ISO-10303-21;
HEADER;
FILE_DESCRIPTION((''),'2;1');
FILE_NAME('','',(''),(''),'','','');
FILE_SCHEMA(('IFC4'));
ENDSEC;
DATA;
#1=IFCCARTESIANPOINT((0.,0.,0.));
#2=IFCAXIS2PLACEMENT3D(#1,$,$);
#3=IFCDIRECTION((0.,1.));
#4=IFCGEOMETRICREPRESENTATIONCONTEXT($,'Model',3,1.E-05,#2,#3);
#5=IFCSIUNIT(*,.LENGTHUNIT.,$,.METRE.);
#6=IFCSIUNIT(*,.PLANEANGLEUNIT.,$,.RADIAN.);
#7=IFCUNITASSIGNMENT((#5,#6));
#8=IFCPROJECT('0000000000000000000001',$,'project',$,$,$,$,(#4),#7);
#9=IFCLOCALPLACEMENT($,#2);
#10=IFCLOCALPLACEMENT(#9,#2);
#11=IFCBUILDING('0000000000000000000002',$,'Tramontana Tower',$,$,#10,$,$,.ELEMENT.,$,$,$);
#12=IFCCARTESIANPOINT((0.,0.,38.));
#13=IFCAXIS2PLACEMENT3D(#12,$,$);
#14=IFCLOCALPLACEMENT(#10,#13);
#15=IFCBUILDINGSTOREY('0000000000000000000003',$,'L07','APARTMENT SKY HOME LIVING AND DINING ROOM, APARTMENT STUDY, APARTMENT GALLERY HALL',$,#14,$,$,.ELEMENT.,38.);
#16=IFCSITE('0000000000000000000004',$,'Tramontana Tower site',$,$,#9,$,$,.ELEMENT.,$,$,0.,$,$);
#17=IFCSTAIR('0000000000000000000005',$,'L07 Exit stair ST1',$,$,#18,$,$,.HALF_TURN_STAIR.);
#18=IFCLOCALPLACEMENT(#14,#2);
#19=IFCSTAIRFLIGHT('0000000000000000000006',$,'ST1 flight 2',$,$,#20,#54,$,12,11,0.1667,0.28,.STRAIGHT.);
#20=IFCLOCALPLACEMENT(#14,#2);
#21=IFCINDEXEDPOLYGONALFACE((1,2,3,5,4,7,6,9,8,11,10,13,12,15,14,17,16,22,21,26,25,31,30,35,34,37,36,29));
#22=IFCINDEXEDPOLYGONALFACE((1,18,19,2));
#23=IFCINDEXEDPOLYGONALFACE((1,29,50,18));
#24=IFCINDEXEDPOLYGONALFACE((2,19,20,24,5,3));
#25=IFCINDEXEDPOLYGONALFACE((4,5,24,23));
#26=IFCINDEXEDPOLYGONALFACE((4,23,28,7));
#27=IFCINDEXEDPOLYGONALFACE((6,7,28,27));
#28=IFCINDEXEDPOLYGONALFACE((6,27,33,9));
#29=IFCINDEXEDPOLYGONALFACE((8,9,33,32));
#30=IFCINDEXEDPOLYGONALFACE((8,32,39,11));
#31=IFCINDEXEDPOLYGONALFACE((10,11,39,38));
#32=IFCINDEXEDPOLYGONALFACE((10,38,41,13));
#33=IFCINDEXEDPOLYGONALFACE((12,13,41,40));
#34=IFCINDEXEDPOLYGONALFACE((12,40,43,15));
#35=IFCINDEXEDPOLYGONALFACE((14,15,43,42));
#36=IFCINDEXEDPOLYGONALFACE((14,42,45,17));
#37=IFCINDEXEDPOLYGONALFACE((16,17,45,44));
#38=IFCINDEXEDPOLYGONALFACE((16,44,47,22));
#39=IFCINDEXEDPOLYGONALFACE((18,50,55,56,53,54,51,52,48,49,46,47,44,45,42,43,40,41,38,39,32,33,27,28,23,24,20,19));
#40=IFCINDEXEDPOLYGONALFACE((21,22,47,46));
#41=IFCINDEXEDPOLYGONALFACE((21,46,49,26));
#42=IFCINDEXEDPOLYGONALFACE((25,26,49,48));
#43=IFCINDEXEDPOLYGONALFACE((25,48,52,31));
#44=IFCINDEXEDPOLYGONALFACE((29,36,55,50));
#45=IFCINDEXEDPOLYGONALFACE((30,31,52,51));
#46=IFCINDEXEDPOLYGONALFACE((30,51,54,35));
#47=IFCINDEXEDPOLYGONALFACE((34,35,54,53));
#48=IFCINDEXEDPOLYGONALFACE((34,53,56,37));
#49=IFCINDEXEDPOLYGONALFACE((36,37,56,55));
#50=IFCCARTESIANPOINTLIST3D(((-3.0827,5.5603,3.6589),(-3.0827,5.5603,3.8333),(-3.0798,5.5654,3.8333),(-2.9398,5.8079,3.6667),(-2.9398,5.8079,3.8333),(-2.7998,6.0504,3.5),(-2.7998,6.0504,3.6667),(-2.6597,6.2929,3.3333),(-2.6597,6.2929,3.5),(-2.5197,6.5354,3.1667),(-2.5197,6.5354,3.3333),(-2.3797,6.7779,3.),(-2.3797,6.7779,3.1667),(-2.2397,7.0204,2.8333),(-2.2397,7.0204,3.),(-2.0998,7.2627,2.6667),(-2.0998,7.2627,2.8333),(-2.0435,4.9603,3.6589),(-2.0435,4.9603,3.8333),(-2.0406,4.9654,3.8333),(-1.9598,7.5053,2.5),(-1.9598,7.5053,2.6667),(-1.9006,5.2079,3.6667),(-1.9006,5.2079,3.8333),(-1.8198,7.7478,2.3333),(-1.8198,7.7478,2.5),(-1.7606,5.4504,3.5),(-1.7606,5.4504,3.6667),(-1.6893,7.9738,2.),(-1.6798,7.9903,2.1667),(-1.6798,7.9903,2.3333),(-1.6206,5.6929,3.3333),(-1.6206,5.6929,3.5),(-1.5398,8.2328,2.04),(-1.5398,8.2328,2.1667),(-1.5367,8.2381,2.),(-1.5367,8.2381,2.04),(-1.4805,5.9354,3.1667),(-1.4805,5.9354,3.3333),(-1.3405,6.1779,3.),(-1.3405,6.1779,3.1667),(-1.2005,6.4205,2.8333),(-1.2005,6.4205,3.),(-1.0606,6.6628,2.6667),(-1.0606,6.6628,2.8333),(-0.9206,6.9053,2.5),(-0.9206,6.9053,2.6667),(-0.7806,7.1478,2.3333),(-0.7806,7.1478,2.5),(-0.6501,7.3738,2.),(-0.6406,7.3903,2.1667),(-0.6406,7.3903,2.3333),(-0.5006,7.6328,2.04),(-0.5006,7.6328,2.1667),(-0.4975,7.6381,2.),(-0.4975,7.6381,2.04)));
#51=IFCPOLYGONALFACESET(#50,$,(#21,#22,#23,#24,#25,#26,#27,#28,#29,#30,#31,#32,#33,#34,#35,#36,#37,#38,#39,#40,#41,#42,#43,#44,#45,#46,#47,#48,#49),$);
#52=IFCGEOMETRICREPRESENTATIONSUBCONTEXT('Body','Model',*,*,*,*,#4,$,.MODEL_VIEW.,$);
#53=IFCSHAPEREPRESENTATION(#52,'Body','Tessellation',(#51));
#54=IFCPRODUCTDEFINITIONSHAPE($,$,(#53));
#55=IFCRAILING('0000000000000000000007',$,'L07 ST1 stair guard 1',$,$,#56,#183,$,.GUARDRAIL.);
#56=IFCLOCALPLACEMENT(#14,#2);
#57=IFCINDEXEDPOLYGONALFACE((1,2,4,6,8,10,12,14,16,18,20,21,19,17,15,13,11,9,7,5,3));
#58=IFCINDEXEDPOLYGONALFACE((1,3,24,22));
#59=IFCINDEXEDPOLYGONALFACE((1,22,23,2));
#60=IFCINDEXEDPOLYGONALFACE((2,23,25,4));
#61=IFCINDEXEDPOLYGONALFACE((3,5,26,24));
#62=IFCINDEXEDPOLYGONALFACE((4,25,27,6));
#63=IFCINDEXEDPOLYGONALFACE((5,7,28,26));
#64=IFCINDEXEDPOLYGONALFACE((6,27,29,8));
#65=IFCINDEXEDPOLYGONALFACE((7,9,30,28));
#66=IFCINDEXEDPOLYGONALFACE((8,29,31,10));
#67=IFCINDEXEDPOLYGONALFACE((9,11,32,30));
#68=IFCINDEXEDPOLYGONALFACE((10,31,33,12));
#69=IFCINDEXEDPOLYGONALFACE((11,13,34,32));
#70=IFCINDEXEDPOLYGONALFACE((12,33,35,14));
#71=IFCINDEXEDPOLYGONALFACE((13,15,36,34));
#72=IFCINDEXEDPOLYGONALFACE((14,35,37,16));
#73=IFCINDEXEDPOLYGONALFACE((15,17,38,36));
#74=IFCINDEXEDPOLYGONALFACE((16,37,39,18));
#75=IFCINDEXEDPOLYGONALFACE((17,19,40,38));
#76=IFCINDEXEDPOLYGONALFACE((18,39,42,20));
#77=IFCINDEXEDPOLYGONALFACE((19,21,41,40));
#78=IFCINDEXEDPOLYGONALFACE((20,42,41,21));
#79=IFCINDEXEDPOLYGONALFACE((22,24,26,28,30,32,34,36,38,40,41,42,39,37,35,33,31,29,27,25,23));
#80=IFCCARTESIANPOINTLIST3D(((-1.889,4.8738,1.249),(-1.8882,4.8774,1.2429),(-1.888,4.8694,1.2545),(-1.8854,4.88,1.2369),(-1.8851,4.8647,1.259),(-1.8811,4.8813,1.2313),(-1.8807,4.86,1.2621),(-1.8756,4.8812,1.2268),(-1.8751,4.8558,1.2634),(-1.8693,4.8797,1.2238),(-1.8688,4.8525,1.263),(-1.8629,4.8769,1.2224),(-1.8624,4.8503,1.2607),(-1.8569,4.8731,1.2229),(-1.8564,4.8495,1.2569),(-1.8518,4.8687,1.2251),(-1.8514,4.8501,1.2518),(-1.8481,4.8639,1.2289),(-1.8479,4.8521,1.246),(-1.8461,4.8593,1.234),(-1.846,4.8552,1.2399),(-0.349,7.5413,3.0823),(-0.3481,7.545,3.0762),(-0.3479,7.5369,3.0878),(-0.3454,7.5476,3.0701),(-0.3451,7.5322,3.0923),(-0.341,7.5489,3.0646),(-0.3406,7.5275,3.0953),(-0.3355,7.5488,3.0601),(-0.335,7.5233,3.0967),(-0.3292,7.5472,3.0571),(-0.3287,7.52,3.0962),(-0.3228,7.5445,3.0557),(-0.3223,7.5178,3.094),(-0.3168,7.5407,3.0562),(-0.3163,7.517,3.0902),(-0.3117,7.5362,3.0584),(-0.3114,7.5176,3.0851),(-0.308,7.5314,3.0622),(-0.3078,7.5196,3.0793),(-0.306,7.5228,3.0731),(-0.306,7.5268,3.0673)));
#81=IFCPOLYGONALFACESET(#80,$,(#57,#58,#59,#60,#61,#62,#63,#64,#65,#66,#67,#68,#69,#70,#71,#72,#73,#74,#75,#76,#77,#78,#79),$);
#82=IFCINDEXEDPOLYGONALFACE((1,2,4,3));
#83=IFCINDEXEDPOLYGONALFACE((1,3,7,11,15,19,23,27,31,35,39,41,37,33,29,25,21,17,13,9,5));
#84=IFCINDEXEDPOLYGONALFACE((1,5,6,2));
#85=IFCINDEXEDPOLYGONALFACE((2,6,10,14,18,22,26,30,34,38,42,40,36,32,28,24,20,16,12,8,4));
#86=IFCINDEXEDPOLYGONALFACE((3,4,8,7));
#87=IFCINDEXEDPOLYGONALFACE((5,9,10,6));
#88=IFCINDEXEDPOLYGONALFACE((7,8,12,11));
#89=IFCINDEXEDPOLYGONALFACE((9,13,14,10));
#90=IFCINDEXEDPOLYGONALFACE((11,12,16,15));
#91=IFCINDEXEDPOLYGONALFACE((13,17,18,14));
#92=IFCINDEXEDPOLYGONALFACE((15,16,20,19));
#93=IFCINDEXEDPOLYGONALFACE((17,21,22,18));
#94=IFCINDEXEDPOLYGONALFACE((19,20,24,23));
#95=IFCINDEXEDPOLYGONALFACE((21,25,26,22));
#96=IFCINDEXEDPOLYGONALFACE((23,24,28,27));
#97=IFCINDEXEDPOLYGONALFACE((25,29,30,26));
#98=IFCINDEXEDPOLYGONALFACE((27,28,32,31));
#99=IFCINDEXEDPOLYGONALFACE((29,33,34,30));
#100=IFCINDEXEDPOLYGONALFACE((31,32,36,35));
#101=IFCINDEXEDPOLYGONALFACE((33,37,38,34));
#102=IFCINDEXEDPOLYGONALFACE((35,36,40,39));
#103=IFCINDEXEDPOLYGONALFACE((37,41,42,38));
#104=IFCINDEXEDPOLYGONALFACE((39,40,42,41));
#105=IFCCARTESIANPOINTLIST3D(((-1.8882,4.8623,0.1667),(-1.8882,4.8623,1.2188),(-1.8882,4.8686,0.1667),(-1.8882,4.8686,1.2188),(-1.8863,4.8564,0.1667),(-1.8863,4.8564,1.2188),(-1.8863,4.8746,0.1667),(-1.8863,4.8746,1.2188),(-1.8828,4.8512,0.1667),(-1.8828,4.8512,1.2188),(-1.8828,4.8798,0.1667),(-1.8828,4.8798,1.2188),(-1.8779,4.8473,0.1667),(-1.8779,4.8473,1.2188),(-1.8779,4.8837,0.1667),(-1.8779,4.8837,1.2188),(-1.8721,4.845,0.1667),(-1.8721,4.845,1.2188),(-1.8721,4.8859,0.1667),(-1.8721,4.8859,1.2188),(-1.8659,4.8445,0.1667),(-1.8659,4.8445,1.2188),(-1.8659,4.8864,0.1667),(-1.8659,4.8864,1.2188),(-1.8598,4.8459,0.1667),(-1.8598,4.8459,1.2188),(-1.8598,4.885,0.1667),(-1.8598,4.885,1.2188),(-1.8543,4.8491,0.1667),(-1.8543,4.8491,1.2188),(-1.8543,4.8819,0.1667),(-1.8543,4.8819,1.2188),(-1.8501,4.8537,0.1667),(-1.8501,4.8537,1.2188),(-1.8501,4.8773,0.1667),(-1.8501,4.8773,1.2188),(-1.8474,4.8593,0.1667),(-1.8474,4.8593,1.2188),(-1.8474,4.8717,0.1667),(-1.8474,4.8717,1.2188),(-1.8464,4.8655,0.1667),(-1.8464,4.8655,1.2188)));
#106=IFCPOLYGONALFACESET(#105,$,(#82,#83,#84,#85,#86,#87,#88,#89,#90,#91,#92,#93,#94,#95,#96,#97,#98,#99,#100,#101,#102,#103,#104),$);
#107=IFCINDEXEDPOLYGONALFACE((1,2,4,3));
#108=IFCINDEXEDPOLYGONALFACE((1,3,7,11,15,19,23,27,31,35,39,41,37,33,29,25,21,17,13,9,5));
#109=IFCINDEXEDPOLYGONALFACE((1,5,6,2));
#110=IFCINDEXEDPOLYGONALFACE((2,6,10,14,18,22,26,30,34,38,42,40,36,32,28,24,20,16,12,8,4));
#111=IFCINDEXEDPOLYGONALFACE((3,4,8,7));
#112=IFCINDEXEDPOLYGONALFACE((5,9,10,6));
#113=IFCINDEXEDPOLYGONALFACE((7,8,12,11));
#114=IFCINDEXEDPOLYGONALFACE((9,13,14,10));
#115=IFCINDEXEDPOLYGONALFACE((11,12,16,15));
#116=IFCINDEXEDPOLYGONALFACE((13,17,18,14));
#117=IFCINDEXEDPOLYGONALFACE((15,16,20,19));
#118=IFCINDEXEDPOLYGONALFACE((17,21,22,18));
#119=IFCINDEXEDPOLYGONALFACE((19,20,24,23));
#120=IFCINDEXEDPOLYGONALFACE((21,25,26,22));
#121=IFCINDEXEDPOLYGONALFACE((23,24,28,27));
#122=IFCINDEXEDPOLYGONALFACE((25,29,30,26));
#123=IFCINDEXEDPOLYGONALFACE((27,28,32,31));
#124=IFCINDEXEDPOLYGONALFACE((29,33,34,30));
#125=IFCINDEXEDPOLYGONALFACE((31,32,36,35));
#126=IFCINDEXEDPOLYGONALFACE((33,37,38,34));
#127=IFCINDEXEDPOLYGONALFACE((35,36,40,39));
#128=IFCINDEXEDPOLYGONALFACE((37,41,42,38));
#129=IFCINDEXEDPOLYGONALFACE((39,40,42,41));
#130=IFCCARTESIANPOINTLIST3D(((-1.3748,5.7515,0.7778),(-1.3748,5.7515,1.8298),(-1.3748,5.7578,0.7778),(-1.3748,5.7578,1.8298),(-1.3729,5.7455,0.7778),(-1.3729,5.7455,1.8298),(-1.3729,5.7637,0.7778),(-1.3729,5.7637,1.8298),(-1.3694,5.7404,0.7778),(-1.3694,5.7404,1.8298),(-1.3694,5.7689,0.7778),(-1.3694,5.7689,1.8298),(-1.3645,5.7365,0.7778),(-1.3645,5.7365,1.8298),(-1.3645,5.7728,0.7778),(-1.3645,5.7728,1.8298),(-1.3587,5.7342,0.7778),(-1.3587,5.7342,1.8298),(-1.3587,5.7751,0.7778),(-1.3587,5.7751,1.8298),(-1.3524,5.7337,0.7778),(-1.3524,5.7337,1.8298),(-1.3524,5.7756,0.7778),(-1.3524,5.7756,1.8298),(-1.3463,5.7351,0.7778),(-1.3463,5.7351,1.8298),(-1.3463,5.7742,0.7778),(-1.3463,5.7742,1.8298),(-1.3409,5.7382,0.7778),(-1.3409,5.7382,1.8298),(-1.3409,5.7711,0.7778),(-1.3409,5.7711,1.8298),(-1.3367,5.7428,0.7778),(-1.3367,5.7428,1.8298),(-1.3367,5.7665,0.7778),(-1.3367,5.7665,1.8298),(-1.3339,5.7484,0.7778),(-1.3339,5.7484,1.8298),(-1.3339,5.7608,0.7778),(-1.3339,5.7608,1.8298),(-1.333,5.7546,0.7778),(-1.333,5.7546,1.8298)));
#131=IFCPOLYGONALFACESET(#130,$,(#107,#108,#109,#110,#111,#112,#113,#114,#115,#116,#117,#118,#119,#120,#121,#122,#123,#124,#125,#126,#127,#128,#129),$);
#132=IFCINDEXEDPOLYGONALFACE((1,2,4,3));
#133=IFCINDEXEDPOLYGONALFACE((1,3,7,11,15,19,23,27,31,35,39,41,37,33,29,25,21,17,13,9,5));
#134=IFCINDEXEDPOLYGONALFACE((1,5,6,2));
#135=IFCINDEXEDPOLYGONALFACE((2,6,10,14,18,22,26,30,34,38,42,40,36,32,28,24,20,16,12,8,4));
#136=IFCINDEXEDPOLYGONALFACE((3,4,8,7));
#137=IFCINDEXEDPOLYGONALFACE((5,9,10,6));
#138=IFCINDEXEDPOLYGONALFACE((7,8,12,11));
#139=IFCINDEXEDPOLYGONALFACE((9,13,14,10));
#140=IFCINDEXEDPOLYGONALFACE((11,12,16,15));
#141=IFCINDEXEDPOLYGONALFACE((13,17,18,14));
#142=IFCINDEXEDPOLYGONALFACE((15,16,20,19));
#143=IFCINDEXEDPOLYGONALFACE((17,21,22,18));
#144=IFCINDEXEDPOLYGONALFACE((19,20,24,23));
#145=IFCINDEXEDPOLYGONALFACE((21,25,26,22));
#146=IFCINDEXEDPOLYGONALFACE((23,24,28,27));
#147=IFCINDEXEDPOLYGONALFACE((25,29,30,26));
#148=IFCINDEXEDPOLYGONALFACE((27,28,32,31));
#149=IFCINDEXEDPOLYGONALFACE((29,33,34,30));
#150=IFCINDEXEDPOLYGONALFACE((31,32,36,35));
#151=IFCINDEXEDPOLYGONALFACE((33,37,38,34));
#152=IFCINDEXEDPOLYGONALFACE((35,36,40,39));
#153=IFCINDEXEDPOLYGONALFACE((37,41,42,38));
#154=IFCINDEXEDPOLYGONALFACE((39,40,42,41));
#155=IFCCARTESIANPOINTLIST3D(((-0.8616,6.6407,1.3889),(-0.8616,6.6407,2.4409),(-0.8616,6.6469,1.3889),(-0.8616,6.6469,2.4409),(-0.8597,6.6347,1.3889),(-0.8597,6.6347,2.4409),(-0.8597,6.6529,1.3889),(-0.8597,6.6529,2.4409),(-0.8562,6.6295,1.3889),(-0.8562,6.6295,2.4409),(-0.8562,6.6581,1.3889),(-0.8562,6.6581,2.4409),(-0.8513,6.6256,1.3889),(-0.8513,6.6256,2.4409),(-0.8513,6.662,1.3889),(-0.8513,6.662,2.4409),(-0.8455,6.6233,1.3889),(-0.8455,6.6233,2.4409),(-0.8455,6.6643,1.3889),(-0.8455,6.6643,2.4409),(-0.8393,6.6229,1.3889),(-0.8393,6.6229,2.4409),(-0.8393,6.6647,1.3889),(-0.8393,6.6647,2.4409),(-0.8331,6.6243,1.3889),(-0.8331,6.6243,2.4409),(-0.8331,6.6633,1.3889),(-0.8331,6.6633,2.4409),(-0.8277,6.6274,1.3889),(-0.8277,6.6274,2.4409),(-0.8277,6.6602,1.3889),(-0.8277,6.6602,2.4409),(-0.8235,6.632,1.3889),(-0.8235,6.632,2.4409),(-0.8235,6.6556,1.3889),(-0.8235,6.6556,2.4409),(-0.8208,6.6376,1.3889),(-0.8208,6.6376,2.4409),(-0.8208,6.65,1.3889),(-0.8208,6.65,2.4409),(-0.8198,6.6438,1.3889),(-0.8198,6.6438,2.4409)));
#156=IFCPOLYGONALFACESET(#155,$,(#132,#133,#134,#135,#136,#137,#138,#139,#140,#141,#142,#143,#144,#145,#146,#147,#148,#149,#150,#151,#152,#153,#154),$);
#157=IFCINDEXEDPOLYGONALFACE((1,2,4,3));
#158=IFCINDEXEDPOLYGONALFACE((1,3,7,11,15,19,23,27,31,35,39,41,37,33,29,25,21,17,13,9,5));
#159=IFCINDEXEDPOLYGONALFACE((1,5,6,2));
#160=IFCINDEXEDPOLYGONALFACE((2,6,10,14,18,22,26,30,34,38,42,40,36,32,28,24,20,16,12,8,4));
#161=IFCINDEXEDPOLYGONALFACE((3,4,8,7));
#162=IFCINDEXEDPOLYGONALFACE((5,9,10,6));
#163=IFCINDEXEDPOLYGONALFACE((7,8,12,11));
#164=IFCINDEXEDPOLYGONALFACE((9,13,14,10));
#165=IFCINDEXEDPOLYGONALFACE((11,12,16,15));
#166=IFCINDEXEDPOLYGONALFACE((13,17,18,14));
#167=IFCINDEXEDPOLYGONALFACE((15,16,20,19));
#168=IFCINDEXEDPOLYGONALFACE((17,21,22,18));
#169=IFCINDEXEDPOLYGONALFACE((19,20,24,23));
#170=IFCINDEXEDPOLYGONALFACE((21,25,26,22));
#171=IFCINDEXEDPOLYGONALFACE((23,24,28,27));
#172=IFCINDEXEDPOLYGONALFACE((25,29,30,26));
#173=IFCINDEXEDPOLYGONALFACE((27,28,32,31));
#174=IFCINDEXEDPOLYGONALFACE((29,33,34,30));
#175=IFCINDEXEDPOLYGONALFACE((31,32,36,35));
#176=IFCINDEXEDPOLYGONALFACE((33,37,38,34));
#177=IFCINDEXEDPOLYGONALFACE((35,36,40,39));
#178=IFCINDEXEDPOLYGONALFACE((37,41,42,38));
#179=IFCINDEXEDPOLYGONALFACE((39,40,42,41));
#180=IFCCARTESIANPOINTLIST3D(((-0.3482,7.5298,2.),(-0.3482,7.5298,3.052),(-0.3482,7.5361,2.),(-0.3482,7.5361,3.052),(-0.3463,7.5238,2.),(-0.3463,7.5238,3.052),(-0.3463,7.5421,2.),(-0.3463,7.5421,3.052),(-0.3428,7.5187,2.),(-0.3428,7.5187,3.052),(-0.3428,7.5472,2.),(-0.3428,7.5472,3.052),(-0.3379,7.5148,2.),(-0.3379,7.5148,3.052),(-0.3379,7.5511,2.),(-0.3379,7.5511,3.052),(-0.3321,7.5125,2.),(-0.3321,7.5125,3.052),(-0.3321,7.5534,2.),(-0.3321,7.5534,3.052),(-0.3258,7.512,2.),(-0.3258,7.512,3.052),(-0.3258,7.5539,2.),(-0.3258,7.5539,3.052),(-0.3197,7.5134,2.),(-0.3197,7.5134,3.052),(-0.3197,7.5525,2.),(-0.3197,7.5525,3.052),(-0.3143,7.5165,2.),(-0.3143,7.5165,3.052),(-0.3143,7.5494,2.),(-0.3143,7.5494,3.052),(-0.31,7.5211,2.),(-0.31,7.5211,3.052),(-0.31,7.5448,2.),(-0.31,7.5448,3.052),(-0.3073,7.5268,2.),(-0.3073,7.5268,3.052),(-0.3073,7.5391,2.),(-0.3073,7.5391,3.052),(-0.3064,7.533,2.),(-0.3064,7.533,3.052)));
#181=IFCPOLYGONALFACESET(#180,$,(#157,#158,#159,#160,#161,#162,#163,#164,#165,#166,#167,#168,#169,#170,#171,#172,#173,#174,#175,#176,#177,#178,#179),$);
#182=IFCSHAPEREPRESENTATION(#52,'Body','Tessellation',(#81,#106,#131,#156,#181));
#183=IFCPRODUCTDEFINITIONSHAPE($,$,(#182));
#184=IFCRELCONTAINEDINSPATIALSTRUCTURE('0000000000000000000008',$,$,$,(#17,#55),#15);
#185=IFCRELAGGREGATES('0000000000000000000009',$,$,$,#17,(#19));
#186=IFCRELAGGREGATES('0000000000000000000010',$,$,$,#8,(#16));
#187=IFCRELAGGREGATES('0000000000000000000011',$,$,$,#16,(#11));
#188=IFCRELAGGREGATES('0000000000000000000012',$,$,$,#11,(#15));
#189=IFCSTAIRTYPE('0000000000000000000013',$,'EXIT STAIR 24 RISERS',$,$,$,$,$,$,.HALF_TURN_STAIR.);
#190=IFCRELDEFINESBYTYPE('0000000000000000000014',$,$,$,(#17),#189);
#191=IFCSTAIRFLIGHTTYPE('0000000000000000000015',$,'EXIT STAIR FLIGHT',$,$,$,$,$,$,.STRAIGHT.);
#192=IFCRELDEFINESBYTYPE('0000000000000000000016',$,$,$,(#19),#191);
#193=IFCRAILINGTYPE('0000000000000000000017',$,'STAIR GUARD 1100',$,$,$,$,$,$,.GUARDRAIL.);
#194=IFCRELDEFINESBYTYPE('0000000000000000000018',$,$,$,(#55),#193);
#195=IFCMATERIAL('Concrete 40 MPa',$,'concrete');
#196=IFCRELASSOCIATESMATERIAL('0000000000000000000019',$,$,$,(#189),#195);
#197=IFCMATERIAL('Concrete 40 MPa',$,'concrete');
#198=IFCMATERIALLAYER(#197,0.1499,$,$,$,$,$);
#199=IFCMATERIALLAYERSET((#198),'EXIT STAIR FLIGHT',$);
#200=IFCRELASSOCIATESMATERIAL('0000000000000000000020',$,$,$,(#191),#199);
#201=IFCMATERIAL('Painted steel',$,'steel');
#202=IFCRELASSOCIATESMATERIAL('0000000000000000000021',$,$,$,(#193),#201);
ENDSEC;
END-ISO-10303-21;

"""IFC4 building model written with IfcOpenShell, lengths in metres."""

from ifc_helpers import new_model, si_unit, direction, frame, origin, origin_2d, place, context, subcontext, project, spatial, polyline, circle, outline, extrude, material, layer, layer_set, type_object, element, aggregate, save


model = new_model("IFC4")

# Units and contexts
model_context = context("Model", 3, precision=1e-05, world=origin(), true_north=direction((0.0, 1.0)))
body_context = subcontext(model_context, "Body", "Model", "MODEL_VIEW")
ifc_project = project(units=[si_unit("LENGTHUNIT", "METRE"), si_unit("PLANEANGLEUNIT", "RADIAN")], contexts=[model_context])

# Site, building, storey
site_placement = place(None, origin())
site = spatial("IfcSite", under=ifc_project, at=site_placement, Name="Tramontana Tower site", CompositionType="ELEMENT", RefElevation=0.0)
building_placement = place(site_placement, origin())
building = spatial("IfcBuilding", under=site, at=building_placement, Name="Tramontana Tower", CompositionType="ELEMENT")
storey_placement = place(building_placement, frame((0.0, 0.0, 38.0)))
storey = spatial("IfcBuildingStorey", under=building, at=storey_placement, Name="L07", Description="APARTMENT SKY HOME LIVING AND DINING ROOM, APARTMENT STUDY, APARTMENT GALLERY HALL", CompositionType="ELEMENT", Elevation=38.0)

# Stair, stair flight
ifc_material_1 = material(Name="Concrete 40 MPa", Category="concrete")
stair_type = type_object("IfcStairType", Name="EXIT STAIR 24 RISERS", PredefinedType="HALF_TURN_STAIR", material=ifc_material_1)
stair_placement = place(storey_placement, origin())
stair = element("IfcStair", 1, at=stair_placement, inside=storey, type_object=stair_type, Name="L07 Exit stair ST1", PredefinedType="HALF_TURN_STAIR")
ifc_material_2 = material(Name="Concrete 40 MPa", Category="concrete")
ifc_layer_1 = layer(ifc_material_2, 0.1499)
ifc_layer_set_1 = layer_set([ifc_layer_1], Name="EXIT STAIR FLIGHT")
stair_flight_type = type_object("IfcStairFlightType", Name="EXIT STAIR FLIGHT", PredefinedType="STRAIGHT", material=ifc_layer_set_1)
stair_flight_1_placement = place(storey_placement, frame((-1.0203, 7.9329, 2.0), z_axis=(0.0, 0.0, 1.0), x_axis=(-0.5, -0.866025, 0.0)))
stair_flight_1 = element("IfcStairFlight", 2, at=stair_flight_1_placement, type_object=stair_flight_type, Name="ST1 flight 2", NumberOfRisers=12, NumberOfTreads=11, PredefinedType="STRAIGHT", RiserHeight=0.1667, TreadLength=0.28, context=body_context, shape_type="SweptSolid", body=[
    extrude(outline(polyline([(-0.0061, 0.0), (-0.0061, 0.04), (0.0, 0.04), (0.0, 0.1667), (0.28, 0.1667), (0.28, 0.3333), (0.5601, 0.3333), (0.5601, 0.5), (0.8401, 0.5), (0.8401, 0.6667), (1.1201, 0.6667), (1.1201, 0.8333), (1.3999, 0.8333), (1.3999, 1.0), (1.6799, 1.0), (1.6799, 1.1667), (1.96, 1.1667), (1.96, 1.3333), (2.24, 1.3333), (2.24, 1.5), (2.52, 1.5), (2.52, 1.6667), (2.8, 1.6667), (2.8, 1.8333), (3.0801, 1.8333), (3.0859, 1.8333), (3.0859, 1.6589), (0.2991, 0.0), (-0.0061, 0.0)])), frame((0.0, 0.6001, 0.0), z_axis=(0.0, -1.0, 0.0), x_axis=(1.0, 0.0, 0.0)), (0.0, 0.0, 1.0), 1.2),
])
aggregate(stair, [stair_flight_1])

# Railing
ifc_material_3 = material(Name="Painted steel", Category="steel")
railing_type_1 = type_object("IfcRailingType", Name="STAIR GUARD 1100", PredefinedType="GUARDRAIL", material=ifc_material_3)
railing_1_placement = place(storey_placement, frame((-1.8674, 4.8655, 0.1667)))
element("IfcRailing", 3, at=railing_1_placement, inside=storey, type_object=railing_type_1, Name="L07 ST1 stair guard 1", PredefinedType="GUARDRAIL", context=body_context, shape_type="SweptSolid", body=[
    extrude(circle(Radius=0.0239, at=origin_2d()), frame((0.0, 0.0, 1.0762), z_axis=(0.429649, 0.74419, 0.511452), x_axis=(-0.86603, 0.499992, 0.0)), (0.0, 0.0, 1.0), 3.5845),
    extrude(circle(Radius=0.021, at=origin_2d()), origin(), (0.0, 0.0, 1.0), 1.052),
    extrude(circle(Radius=0.021, at=origin_2d()), frame((0.5134, 0.8892, 0.6111)), (0.0, 0.0, 1.0), 1.052),
    extrude(circle(Radius=0.021, at=origin_2d()), frame((1.0266, 1.7783, 1.2222)), (0.0, 0.0, 1.0), 1.052),
    extrude(circle(Radius=0.021, at=origin_2d()), frame((1.54, 2.6675, 1.8333)), (0.0, 0.0, 1.0), 1.052),
])

save(model, "model.ifc")
